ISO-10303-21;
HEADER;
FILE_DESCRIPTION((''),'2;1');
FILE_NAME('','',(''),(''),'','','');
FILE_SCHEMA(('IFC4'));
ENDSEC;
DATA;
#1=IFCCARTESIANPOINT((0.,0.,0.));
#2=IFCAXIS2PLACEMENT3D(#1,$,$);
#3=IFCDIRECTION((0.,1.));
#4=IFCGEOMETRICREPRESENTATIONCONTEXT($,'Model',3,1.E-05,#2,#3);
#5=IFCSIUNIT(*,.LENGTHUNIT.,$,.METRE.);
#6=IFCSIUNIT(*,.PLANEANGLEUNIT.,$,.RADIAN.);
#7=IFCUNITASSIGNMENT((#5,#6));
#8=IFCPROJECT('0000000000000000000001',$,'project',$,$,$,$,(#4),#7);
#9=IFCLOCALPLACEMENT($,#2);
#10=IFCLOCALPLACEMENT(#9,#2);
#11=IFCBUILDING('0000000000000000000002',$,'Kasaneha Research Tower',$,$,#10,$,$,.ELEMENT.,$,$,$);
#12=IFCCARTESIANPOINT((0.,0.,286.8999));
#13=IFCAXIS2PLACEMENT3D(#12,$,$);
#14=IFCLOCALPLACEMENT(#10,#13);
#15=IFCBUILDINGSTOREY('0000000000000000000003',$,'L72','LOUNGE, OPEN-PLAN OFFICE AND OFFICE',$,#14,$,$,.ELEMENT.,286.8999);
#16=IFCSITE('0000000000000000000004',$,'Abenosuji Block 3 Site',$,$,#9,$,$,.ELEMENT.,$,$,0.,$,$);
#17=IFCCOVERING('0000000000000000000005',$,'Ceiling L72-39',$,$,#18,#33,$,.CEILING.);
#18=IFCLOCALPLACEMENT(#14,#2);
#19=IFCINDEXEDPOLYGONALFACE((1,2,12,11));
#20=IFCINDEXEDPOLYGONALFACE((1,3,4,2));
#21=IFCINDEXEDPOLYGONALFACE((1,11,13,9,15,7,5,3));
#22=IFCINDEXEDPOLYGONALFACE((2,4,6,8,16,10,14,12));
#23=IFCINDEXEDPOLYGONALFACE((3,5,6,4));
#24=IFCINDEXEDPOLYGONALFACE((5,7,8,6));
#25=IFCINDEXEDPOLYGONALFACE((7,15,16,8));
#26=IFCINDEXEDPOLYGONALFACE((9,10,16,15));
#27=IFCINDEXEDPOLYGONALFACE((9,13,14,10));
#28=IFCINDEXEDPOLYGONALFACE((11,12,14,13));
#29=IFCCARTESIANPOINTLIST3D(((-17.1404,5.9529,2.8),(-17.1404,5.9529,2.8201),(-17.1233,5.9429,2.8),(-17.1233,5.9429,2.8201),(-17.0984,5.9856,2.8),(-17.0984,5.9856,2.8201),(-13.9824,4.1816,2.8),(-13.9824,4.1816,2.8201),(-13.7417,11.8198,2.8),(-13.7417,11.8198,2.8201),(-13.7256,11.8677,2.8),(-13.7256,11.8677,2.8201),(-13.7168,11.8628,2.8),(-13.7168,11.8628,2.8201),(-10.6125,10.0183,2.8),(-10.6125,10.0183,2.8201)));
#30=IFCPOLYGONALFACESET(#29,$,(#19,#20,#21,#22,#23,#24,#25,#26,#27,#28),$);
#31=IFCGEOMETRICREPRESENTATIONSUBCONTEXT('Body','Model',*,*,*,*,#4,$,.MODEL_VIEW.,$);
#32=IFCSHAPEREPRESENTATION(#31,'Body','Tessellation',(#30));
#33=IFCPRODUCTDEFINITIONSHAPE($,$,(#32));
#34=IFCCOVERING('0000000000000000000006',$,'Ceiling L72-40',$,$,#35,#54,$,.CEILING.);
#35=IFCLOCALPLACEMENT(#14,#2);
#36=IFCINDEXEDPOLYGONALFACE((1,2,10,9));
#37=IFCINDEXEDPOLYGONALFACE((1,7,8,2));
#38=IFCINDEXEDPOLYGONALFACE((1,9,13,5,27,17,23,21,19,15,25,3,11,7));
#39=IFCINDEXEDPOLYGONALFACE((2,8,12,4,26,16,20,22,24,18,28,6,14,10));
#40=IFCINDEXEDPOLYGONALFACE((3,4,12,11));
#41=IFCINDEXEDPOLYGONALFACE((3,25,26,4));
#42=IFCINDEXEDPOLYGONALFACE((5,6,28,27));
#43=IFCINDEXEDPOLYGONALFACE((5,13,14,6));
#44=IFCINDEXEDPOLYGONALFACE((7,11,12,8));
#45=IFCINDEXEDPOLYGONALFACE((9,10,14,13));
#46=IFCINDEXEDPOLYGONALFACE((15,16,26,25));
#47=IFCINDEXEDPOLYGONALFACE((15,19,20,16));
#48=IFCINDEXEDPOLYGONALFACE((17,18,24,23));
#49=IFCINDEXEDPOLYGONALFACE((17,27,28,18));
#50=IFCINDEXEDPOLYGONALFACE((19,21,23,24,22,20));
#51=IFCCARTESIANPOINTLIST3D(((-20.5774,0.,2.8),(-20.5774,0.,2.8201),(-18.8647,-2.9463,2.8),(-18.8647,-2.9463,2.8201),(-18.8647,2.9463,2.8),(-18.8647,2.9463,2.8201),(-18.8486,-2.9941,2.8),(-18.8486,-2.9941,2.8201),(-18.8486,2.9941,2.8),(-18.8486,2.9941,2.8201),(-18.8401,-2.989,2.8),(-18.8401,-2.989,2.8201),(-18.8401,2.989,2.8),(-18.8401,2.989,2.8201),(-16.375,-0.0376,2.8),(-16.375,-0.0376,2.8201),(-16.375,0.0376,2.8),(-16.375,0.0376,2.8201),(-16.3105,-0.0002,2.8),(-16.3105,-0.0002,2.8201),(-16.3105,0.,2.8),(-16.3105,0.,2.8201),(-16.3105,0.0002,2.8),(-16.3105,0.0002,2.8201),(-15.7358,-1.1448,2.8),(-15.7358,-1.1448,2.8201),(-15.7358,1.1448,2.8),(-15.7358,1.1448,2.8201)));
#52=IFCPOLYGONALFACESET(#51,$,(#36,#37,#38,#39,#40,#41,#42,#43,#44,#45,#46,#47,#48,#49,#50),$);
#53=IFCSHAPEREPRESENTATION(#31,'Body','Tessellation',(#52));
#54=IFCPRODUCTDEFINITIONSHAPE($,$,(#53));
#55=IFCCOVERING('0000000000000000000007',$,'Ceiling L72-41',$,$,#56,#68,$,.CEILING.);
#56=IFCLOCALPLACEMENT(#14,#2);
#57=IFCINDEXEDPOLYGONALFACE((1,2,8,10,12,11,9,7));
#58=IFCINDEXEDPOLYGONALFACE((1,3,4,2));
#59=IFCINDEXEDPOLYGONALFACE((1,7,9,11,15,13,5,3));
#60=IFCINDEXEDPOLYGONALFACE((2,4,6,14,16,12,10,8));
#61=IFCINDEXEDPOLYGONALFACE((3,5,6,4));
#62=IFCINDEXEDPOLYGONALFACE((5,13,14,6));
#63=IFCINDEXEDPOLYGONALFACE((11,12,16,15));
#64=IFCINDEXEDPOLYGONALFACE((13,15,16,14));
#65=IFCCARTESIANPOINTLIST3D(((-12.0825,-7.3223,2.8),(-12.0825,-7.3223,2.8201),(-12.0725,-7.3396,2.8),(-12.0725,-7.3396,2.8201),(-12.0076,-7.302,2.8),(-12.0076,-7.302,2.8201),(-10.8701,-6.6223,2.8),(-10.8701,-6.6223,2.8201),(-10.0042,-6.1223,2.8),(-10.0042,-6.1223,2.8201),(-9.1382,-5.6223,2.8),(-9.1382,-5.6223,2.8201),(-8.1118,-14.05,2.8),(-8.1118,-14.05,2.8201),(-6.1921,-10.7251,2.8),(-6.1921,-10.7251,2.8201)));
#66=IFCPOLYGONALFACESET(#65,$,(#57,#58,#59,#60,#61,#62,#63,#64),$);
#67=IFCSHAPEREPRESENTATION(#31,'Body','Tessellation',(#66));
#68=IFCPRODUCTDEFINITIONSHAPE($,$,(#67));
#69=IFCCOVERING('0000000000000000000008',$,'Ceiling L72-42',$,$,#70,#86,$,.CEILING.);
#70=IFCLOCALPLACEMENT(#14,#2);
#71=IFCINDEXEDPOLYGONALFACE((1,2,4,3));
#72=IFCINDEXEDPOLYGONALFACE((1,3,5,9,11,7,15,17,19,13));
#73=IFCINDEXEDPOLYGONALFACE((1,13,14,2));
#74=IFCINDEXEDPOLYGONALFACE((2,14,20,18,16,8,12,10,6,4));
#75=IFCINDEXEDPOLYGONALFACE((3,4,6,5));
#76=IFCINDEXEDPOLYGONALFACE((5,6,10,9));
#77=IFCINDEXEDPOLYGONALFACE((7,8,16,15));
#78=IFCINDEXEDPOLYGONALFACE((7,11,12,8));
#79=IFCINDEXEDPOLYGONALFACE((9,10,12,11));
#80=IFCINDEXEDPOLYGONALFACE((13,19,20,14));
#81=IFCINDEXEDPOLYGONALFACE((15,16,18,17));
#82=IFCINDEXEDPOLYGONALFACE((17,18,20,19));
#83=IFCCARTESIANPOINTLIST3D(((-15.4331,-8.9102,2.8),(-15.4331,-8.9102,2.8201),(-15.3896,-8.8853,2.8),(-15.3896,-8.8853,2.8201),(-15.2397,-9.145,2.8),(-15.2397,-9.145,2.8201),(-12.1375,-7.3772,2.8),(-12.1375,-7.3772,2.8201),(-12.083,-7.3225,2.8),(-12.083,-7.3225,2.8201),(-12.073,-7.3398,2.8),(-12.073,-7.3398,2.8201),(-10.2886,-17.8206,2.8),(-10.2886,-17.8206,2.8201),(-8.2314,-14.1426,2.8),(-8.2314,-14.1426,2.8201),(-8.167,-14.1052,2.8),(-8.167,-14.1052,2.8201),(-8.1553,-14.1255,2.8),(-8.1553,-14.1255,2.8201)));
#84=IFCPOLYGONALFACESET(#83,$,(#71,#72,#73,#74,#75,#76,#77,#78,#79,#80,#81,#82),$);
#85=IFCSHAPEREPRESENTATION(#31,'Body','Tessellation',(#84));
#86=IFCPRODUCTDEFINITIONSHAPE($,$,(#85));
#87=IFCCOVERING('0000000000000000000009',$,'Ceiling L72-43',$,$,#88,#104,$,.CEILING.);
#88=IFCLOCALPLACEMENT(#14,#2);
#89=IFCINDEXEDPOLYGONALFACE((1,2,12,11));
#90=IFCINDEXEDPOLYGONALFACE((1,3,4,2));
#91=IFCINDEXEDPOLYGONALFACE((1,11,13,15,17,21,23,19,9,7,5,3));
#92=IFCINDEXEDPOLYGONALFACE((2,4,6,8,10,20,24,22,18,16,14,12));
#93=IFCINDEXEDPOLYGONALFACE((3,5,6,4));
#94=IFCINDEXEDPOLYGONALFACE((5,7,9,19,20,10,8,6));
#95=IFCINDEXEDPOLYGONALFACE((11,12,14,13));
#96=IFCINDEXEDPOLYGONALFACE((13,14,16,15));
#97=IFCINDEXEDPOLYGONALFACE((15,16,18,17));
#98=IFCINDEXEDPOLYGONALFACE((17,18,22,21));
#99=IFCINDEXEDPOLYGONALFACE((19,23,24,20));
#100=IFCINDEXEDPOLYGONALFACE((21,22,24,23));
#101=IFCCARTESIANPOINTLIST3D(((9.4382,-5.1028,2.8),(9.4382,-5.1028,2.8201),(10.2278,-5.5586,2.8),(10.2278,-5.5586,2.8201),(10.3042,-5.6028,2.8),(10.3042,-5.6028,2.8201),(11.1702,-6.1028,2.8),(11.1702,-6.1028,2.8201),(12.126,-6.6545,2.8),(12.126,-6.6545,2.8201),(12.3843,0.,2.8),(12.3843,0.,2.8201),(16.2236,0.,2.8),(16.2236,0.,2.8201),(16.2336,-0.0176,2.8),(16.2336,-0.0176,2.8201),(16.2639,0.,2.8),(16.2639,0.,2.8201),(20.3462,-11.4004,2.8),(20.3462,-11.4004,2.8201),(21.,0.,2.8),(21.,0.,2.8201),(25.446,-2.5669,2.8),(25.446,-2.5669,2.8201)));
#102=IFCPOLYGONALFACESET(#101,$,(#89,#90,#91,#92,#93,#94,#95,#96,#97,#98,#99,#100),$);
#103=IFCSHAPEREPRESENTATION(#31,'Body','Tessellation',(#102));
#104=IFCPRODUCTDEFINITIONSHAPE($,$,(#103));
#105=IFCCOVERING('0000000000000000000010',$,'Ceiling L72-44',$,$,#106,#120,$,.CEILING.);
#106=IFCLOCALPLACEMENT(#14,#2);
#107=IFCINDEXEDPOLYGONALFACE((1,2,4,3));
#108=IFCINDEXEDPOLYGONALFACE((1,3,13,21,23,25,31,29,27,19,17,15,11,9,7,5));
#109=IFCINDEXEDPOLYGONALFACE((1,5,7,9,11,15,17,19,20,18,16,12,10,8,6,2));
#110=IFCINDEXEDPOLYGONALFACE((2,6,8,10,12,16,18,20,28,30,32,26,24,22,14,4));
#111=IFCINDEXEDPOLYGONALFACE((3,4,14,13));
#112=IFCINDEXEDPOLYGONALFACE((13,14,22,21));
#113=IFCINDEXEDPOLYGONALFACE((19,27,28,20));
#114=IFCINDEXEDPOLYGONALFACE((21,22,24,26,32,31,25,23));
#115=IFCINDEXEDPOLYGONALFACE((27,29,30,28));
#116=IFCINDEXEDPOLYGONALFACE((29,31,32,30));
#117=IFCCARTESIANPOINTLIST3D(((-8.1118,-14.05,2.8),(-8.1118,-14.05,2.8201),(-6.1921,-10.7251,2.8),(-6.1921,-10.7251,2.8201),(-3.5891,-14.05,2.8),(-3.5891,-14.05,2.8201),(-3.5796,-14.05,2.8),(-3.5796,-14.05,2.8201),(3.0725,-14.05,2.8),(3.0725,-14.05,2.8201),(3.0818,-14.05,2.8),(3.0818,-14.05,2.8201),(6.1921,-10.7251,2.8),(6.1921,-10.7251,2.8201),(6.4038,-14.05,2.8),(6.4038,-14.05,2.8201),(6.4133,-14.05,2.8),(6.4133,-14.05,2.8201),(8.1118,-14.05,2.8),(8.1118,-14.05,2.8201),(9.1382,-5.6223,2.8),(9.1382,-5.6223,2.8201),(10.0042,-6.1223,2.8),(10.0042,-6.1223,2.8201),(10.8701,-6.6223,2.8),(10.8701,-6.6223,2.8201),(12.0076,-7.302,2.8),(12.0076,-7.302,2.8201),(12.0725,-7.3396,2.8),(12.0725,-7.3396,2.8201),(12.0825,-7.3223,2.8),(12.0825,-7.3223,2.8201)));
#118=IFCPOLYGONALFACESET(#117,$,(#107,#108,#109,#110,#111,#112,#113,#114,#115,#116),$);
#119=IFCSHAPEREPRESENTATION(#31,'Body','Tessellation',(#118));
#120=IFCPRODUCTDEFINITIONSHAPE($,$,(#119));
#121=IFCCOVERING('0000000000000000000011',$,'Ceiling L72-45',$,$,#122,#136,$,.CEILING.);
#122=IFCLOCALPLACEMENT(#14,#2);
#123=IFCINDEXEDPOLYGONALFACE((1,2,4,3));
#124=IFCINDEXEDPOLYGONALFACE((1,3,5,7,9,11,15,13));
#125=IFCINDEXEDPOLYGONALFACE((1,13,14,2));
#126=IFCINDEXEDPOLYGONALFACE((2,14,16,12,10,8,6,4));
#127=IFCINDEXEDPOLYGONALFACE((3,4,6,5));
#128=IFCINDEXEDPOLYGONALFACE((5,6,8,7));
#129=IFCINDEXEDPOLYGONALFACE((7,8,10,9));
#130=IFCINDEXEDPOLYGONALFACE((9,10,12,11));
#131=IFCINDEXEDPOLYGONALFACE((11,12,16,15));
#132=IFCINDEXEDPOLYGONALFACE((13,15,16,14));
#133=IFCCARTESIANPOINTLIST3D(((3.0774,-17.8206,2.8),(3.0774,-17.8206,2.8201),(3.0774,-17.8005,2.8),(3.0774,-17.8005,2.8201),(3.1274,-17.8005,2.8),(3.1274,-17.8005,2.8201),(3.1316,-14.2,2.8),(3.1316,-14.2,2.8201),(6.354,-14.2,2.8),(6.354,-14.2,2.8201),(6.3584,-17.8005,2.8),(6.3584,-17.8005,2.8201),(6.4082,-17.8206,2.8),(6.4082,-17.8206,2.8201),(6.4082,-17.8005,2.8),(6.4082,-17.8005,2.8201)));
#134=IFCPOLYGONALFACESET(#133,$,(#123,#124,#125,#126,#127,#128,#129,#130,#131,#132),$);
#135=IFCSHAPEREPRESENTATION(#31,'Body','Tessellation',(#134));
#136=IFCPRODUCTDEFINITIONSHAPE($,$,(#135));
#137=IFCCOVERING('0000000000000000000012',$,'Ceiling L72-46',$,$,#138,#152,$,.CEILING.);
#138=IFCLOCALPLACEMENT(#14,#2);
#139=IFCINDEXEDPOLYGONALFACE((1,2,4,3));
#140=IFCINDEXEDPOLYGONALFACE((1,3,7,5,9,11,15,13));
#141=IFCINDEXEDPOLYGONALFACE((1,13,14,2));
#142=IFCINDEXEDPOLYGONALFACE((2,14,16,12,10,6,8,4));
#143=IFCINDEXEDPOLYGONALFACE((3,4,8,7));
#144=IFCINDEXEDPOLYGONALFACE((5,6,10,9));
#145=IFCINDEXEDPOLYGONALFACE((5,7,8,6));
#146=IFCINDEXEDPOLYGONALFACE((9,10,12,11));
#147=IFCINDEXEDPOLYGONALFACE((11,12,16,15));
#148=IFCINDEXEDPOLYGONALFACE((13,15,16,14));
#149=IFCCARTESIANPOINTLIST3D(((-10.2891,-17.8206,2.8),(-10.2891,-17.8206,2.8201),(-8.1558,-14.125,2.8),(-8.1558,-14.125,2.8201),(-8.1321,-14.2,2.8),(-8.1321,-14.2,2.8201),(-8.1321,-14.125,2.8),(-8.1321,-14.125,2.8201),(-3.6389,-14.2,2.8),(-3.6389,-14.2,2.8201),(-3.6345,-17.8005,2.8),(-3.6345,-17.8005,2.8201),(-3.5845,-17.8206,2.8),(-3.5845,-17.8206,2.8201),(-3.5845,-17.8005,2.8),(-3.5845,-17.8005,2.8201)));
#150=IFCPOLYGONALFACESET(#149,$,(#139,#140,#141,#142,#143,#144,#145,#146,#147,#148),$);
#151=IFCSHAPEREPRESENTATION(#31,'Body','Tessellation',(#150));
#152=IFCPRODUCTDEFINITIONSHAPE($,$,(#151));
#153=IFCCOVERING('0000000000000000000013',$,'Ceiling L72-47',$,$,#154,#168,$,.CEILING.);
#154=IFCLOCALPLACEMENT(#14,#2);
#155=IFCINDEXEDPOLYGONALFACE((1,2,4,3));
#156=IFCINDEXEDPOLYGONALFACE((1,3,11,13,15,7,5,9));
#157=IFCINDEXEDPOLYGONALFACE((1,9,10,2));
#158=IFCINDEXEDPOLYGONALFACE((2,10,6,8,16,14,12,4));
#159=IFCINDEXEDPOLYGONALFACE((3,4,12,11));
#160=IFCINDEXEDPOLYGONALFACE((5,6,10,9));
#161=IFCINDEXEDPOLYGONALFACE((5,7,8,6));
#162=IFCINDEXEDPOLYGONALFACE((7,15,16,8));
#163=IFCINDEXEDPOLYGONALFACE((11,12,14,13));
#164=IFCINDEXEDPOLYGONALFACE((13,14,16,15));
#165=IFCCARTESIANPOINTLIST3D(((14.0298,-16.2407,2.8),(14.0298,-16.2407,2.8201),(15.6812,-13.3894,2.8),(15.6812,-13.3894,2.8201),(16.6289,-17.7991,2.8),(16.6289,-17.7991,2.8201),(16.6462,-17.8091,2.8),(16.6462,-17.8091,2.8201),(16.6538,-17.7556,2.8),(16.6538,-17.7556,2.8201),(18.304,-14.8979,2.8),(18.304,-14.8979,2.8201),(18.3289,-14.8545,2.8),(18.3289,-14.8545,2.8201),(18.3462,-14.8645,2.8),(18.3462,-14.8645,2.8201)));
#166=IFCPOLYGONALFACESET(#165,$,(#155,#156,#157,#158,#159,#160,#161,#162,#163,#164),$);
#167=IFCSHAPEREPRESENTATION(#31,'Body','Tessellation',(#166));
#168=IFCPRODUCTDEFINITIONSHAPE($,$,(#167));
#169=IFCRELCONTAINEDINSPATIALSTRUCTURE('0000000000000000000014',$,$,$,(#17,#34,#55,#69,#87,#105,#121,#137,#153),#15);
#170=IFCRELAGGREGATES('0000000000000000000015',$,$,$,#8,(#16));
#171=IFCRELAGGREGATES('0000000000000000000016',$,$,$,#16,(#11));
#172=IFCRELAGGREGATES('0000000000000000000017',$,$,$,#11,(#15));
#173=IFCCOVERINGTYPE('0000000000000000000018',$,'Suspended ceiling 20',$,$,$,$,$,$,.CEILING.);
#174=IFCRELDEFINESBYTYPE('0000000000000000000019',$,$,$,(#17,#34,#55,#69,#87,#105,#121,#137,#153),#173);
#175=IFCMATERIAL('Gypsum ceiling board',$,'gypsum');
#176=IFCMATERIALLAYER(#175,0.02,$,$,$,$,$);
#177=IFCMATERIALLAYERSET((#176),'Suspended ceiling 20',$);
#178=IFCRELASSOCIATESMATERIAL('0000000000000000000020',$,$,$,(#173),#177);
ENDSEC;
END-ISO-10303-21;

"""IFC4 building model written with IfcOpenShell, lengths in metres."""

from ifc_helpers import new_model, si_unit, direction, frame, origin, place, context, subcontext, project, spatial, polyline, outline, extrude, material, layer, layer_set, type_object, element, save


model = new_model("IFC4")

# Units and contexts
model_context = context("Model", 3, precision=1e-05, world=origin(), true_north=direction((0.0, 1.0)))
body_context = subcontext(model_context, "Body", "Model", "MODEL_VIEW")
ifc_project = project(units=[si_unit("LENGTHUNIT", "METRE"), si_unit("PLANEANGLEUNIT", "RADIAN")], contexts=[model_context])

# Site, building, storey
site_placement = place(None, origin())
site = spatial("IfcSite", under=ifc_project, at=site_placement, Name="Abenosuji Block 3 Site", CompositionType="ELEMENT", RefElevation=0.0)
building_placement = place(site_placement, origin())
building = spatial("IfcBuilding", under=site, at=building_placement, Name="Kasaneha Research Tower", CompositionType="ELEMENT")
storey_placement = place(building_placement, frame((0.0, 0.0, 286.8999)))
storey = spatial("IfcBuildingStorey", under=building, at=storey_placement, Name="L72", Description="LOUNGE, OPEN-PLAN OFFICE AND OFFICE", CompositionType="ELEMENT", Elevation=286.8999)

# Coverings
ifc_material_1 = material(Name="Gypsum ceiling board", Category="gypsum")
ifc_layer_1 = layer(ifc_material_1, 0.02)
ifc_layer_set_1 = layer_set([ifc_layer_1], Name="Suspended ceiling 20")
covering_type_1 = type_object("IfcCoveringType", Name="Suspended ceiling 20", PredefinedType="CEILING", material=ifc_layer_set_1)
covering_1_placement = place(storey_placement, frame((0.0, 0.0, 2.8)))
element("IfcCovering", 1, at=covering_1_placement, inside=storey, type_object=covering_type_1, Name="Ceiling L72-39", PredefinedType="CEILING", context=body_context, shape_type="SweptSolid", body=[
    extrude(outline(polyline([(-17.1404, 5.9529), (-13.7256, 11.8677), (-13.7168, 11.8628), (-13.7417, 11.8198), (-10.6125, 10.0183), (-13.9824, 4.1816), (-17.0984, 5.9856), (-17.1233, 5.9429), (-17.1404, 5.9529)])), origin(), (0.0, 0.0, 1.0), 0.02),
])
covering_2_placement = place(storey_placement, frame((0.0, 0.0, 2.8)))
element("IfcCovering", 2, at=covering_2_placement, inside=storey, type_object=covering_type_1, Name="Ceiling L72-40", PredefinedType="CEILING", context=body_context, shape_type="SweptSolid", body=[
    extrude(outline(polyline([(-18.8401, 2.989), (-18.8647, 2.9463), (-15.7358, 1.1448), (-16.375, 0.0376), (-16.3105, 0.0002), (-16.3105, 0.0), (-16.3105, -0.0002), (-16.375, -0.0376), (-15.7358, -1.1448), (-18.8647, -2.9463), (-18.8401, -2.989), (-18.8486, -2.9941), (-20.5774, 0.0), (-18.8486, 2.9941), (-18.8401, 2.989)])), origin(), (0.0, 0.0, 1.0), 0.02),
])
covering_3_placement = place(storey_placement, frame((0.0, 0.0, 2.8)))
element("IfcCovering", 3, at=covering_3_placement, inside=storey, type_object=covering_type_1, Name="Ceiling L72-41", PredefinedType="CEILING", context=body_context, shape_type="SweptSolid", body=[
    extrude(outline(polyline([(-10.8701, -6.6223), (-10.0042, -6.1223), (-10.0042, -6.1223), (-9.1382, -5.6223), (-6.1921, -10.7251), (-8.1118, -14.05), (-12.0076, -7.302), (-12.0725, -7.3396), (-12.0825, -7.3223), (-10.8701, -6.6223), (-10.8701, -6.6223)])), origin(), (0.0, 0.0, 1.0), 0.02),
])
covering_4_placement = place(storey_placement, frame((0.0, 0.0, 2.8)))
element("IfcCovering", 4, at=covering_4_placement, inside=storey, type_object=covering_type_1, Name="Ceiling L72-42", PredefinedType="CEILING", context=body_context, shape_type="SweptSolid", body=[
    extrude(outline(polyline([(-12.073, -7.3398), (-12.1375, -7.3772), (-8.2314, -14.1426), (-8.167, -14.1052), (-8.1553, -14.1255), (-10.2886, -17.8206), (-15.4331, -8.9102), (-15.3896, -8.8853), (-15.2397, -9.145), (-15.2397, -9.145), (-15.2397, -9.145), (-12.083, -7.3225), (-12.073, -7.3398)])), origin(), (0.0, 0.0, 1.0), 0.02),
])
covering_5_placement = place(storey_placement, frame((0.0, 0.0, 2.8)))
element("IfcCovering", 5, at=covering_5_placement, inside=storey, type_object=covering_type_1, Name="Ceiling L72-43", PredefinedType="CEILING", context=body_context, shape_type="SweptSolid", body=[
    extrude(outline(polyline([(11.1702, -6.1028), (10.3042, -5.6028), (10.2278, -5.5586), (9.4382, -5.1028), (12.3843, 0.0), (16.2236, 0.0), (16.2336, -0.0176), (16.2639, 0.0), (21.0, 0.0), (25.446, -2.5669), (20.3462, -11.4004), (12.126, -6.6545), (11.1702, -6.1028)])), origin(), (0.0, 0.0, 1.0), 0.02),
])
covering_6_placement = place(storey_placement, frame((0.0, 0.0, 2.8)))
element("IfcCovering", 6, at=covering_6_placement, inside=storey, type_object=covering_type_1, Name="Ceiling L72-44", PredefinedType="CEILING", context=body_context, shape_type="SweptSolid", body=[
    extrude(outline(polyline([(-6.1921, -10.7251), (6.1921, -10.7251), (9.1382, -5.6223), (10.0042, -6.1223), (10.0042, -6.1223), (10.8701, -6.6223), (10.8701, -6.6223), (12.0825, -7.3223), (12.0725, -7.3396), (12.0076, -7.302), (8.1118, -14.05), (6.4133, -14.05), (6.4038, -14.05), (3.0818, -14.05), (3.0725, -14.05), (-3.5796, -14.05), (-3.5891, -14.05), (-8.1118, -14.05), (-8.1118, -14.05), (-6.1921, -10.7251)])), origin(), (0.0, 0.0, 1.0), 0.02),
])
covering_7_placement = place(storey_placement, frame((0.0, 0.0, 2.8)))
element("IfcCovering", 7, at=covering_7_placement, inside=storey, type_object=covering_type_1, Name="Ceiling L72-45", PredefinedType="CEILING", context=body_context, shape_type="SweptSolid", body=[
    extrude(outline(polyline([(3.0774, -17.8005), (3.1274, -17.8005), (3.1316, -14.2), (6.354, -14.2), (6.3584, -17.8005), (6.4082, -17.8005), (6.4082, -17.8206), (3.0774, -17.8206), (3.0774, -17.8005)])), origin(), (0.0, 0.0, 1.0), 0.02),
])
covering_8_placement = place(storey_placement, frame((0.0, 0.0, 2.8)))
element("IfcCovering", 8, at=covering_8_placement, inside=storey, type_object=covering_type_1, Name="Ceiling L72-46", PredefinedType="CEILING", context=body_context, shape_type="SweptSolid", body=[
    extrude(outline(polyline([(-8.1558, -14.125), (-8.1321, -14.125), (-8.1321, -14.2), (-3.6389, -14.2), (-3.6345, -17.8005), (-3.5845, -17.8005), (-3.5845, -17.8206), (-10.2891, -17.8206), (-8.1558, -14.125)])), origin(), (0.0, 0.0, 1.0), 0.02),
])
covering_9_placement = place(storey_placement, frame((0.0, 0.0, 2.8)))
element("IfcCovering", 9, at=covering_9_placement, inside=storey, type_object=covering_type_1, Name="Ceiling L72-47", PredefinedType="CEILING", context=body_context, shape_type="SweptSolid", body=[
    extrude(outline(polyline([(16.6462, -17.8091), (16.6289, -17.7991), (16.6538, -17.7556), (14.0298, -16.2407), (15.6812, -13.3894), (18.304, -14.8979), (18.3289, -14.8545), (18.3462, -14.8645), (16.6462, -17.8091)])), origin(), (0.0, 0.0, 1.0), 0.02),
])

save(model, "model.ifc")
